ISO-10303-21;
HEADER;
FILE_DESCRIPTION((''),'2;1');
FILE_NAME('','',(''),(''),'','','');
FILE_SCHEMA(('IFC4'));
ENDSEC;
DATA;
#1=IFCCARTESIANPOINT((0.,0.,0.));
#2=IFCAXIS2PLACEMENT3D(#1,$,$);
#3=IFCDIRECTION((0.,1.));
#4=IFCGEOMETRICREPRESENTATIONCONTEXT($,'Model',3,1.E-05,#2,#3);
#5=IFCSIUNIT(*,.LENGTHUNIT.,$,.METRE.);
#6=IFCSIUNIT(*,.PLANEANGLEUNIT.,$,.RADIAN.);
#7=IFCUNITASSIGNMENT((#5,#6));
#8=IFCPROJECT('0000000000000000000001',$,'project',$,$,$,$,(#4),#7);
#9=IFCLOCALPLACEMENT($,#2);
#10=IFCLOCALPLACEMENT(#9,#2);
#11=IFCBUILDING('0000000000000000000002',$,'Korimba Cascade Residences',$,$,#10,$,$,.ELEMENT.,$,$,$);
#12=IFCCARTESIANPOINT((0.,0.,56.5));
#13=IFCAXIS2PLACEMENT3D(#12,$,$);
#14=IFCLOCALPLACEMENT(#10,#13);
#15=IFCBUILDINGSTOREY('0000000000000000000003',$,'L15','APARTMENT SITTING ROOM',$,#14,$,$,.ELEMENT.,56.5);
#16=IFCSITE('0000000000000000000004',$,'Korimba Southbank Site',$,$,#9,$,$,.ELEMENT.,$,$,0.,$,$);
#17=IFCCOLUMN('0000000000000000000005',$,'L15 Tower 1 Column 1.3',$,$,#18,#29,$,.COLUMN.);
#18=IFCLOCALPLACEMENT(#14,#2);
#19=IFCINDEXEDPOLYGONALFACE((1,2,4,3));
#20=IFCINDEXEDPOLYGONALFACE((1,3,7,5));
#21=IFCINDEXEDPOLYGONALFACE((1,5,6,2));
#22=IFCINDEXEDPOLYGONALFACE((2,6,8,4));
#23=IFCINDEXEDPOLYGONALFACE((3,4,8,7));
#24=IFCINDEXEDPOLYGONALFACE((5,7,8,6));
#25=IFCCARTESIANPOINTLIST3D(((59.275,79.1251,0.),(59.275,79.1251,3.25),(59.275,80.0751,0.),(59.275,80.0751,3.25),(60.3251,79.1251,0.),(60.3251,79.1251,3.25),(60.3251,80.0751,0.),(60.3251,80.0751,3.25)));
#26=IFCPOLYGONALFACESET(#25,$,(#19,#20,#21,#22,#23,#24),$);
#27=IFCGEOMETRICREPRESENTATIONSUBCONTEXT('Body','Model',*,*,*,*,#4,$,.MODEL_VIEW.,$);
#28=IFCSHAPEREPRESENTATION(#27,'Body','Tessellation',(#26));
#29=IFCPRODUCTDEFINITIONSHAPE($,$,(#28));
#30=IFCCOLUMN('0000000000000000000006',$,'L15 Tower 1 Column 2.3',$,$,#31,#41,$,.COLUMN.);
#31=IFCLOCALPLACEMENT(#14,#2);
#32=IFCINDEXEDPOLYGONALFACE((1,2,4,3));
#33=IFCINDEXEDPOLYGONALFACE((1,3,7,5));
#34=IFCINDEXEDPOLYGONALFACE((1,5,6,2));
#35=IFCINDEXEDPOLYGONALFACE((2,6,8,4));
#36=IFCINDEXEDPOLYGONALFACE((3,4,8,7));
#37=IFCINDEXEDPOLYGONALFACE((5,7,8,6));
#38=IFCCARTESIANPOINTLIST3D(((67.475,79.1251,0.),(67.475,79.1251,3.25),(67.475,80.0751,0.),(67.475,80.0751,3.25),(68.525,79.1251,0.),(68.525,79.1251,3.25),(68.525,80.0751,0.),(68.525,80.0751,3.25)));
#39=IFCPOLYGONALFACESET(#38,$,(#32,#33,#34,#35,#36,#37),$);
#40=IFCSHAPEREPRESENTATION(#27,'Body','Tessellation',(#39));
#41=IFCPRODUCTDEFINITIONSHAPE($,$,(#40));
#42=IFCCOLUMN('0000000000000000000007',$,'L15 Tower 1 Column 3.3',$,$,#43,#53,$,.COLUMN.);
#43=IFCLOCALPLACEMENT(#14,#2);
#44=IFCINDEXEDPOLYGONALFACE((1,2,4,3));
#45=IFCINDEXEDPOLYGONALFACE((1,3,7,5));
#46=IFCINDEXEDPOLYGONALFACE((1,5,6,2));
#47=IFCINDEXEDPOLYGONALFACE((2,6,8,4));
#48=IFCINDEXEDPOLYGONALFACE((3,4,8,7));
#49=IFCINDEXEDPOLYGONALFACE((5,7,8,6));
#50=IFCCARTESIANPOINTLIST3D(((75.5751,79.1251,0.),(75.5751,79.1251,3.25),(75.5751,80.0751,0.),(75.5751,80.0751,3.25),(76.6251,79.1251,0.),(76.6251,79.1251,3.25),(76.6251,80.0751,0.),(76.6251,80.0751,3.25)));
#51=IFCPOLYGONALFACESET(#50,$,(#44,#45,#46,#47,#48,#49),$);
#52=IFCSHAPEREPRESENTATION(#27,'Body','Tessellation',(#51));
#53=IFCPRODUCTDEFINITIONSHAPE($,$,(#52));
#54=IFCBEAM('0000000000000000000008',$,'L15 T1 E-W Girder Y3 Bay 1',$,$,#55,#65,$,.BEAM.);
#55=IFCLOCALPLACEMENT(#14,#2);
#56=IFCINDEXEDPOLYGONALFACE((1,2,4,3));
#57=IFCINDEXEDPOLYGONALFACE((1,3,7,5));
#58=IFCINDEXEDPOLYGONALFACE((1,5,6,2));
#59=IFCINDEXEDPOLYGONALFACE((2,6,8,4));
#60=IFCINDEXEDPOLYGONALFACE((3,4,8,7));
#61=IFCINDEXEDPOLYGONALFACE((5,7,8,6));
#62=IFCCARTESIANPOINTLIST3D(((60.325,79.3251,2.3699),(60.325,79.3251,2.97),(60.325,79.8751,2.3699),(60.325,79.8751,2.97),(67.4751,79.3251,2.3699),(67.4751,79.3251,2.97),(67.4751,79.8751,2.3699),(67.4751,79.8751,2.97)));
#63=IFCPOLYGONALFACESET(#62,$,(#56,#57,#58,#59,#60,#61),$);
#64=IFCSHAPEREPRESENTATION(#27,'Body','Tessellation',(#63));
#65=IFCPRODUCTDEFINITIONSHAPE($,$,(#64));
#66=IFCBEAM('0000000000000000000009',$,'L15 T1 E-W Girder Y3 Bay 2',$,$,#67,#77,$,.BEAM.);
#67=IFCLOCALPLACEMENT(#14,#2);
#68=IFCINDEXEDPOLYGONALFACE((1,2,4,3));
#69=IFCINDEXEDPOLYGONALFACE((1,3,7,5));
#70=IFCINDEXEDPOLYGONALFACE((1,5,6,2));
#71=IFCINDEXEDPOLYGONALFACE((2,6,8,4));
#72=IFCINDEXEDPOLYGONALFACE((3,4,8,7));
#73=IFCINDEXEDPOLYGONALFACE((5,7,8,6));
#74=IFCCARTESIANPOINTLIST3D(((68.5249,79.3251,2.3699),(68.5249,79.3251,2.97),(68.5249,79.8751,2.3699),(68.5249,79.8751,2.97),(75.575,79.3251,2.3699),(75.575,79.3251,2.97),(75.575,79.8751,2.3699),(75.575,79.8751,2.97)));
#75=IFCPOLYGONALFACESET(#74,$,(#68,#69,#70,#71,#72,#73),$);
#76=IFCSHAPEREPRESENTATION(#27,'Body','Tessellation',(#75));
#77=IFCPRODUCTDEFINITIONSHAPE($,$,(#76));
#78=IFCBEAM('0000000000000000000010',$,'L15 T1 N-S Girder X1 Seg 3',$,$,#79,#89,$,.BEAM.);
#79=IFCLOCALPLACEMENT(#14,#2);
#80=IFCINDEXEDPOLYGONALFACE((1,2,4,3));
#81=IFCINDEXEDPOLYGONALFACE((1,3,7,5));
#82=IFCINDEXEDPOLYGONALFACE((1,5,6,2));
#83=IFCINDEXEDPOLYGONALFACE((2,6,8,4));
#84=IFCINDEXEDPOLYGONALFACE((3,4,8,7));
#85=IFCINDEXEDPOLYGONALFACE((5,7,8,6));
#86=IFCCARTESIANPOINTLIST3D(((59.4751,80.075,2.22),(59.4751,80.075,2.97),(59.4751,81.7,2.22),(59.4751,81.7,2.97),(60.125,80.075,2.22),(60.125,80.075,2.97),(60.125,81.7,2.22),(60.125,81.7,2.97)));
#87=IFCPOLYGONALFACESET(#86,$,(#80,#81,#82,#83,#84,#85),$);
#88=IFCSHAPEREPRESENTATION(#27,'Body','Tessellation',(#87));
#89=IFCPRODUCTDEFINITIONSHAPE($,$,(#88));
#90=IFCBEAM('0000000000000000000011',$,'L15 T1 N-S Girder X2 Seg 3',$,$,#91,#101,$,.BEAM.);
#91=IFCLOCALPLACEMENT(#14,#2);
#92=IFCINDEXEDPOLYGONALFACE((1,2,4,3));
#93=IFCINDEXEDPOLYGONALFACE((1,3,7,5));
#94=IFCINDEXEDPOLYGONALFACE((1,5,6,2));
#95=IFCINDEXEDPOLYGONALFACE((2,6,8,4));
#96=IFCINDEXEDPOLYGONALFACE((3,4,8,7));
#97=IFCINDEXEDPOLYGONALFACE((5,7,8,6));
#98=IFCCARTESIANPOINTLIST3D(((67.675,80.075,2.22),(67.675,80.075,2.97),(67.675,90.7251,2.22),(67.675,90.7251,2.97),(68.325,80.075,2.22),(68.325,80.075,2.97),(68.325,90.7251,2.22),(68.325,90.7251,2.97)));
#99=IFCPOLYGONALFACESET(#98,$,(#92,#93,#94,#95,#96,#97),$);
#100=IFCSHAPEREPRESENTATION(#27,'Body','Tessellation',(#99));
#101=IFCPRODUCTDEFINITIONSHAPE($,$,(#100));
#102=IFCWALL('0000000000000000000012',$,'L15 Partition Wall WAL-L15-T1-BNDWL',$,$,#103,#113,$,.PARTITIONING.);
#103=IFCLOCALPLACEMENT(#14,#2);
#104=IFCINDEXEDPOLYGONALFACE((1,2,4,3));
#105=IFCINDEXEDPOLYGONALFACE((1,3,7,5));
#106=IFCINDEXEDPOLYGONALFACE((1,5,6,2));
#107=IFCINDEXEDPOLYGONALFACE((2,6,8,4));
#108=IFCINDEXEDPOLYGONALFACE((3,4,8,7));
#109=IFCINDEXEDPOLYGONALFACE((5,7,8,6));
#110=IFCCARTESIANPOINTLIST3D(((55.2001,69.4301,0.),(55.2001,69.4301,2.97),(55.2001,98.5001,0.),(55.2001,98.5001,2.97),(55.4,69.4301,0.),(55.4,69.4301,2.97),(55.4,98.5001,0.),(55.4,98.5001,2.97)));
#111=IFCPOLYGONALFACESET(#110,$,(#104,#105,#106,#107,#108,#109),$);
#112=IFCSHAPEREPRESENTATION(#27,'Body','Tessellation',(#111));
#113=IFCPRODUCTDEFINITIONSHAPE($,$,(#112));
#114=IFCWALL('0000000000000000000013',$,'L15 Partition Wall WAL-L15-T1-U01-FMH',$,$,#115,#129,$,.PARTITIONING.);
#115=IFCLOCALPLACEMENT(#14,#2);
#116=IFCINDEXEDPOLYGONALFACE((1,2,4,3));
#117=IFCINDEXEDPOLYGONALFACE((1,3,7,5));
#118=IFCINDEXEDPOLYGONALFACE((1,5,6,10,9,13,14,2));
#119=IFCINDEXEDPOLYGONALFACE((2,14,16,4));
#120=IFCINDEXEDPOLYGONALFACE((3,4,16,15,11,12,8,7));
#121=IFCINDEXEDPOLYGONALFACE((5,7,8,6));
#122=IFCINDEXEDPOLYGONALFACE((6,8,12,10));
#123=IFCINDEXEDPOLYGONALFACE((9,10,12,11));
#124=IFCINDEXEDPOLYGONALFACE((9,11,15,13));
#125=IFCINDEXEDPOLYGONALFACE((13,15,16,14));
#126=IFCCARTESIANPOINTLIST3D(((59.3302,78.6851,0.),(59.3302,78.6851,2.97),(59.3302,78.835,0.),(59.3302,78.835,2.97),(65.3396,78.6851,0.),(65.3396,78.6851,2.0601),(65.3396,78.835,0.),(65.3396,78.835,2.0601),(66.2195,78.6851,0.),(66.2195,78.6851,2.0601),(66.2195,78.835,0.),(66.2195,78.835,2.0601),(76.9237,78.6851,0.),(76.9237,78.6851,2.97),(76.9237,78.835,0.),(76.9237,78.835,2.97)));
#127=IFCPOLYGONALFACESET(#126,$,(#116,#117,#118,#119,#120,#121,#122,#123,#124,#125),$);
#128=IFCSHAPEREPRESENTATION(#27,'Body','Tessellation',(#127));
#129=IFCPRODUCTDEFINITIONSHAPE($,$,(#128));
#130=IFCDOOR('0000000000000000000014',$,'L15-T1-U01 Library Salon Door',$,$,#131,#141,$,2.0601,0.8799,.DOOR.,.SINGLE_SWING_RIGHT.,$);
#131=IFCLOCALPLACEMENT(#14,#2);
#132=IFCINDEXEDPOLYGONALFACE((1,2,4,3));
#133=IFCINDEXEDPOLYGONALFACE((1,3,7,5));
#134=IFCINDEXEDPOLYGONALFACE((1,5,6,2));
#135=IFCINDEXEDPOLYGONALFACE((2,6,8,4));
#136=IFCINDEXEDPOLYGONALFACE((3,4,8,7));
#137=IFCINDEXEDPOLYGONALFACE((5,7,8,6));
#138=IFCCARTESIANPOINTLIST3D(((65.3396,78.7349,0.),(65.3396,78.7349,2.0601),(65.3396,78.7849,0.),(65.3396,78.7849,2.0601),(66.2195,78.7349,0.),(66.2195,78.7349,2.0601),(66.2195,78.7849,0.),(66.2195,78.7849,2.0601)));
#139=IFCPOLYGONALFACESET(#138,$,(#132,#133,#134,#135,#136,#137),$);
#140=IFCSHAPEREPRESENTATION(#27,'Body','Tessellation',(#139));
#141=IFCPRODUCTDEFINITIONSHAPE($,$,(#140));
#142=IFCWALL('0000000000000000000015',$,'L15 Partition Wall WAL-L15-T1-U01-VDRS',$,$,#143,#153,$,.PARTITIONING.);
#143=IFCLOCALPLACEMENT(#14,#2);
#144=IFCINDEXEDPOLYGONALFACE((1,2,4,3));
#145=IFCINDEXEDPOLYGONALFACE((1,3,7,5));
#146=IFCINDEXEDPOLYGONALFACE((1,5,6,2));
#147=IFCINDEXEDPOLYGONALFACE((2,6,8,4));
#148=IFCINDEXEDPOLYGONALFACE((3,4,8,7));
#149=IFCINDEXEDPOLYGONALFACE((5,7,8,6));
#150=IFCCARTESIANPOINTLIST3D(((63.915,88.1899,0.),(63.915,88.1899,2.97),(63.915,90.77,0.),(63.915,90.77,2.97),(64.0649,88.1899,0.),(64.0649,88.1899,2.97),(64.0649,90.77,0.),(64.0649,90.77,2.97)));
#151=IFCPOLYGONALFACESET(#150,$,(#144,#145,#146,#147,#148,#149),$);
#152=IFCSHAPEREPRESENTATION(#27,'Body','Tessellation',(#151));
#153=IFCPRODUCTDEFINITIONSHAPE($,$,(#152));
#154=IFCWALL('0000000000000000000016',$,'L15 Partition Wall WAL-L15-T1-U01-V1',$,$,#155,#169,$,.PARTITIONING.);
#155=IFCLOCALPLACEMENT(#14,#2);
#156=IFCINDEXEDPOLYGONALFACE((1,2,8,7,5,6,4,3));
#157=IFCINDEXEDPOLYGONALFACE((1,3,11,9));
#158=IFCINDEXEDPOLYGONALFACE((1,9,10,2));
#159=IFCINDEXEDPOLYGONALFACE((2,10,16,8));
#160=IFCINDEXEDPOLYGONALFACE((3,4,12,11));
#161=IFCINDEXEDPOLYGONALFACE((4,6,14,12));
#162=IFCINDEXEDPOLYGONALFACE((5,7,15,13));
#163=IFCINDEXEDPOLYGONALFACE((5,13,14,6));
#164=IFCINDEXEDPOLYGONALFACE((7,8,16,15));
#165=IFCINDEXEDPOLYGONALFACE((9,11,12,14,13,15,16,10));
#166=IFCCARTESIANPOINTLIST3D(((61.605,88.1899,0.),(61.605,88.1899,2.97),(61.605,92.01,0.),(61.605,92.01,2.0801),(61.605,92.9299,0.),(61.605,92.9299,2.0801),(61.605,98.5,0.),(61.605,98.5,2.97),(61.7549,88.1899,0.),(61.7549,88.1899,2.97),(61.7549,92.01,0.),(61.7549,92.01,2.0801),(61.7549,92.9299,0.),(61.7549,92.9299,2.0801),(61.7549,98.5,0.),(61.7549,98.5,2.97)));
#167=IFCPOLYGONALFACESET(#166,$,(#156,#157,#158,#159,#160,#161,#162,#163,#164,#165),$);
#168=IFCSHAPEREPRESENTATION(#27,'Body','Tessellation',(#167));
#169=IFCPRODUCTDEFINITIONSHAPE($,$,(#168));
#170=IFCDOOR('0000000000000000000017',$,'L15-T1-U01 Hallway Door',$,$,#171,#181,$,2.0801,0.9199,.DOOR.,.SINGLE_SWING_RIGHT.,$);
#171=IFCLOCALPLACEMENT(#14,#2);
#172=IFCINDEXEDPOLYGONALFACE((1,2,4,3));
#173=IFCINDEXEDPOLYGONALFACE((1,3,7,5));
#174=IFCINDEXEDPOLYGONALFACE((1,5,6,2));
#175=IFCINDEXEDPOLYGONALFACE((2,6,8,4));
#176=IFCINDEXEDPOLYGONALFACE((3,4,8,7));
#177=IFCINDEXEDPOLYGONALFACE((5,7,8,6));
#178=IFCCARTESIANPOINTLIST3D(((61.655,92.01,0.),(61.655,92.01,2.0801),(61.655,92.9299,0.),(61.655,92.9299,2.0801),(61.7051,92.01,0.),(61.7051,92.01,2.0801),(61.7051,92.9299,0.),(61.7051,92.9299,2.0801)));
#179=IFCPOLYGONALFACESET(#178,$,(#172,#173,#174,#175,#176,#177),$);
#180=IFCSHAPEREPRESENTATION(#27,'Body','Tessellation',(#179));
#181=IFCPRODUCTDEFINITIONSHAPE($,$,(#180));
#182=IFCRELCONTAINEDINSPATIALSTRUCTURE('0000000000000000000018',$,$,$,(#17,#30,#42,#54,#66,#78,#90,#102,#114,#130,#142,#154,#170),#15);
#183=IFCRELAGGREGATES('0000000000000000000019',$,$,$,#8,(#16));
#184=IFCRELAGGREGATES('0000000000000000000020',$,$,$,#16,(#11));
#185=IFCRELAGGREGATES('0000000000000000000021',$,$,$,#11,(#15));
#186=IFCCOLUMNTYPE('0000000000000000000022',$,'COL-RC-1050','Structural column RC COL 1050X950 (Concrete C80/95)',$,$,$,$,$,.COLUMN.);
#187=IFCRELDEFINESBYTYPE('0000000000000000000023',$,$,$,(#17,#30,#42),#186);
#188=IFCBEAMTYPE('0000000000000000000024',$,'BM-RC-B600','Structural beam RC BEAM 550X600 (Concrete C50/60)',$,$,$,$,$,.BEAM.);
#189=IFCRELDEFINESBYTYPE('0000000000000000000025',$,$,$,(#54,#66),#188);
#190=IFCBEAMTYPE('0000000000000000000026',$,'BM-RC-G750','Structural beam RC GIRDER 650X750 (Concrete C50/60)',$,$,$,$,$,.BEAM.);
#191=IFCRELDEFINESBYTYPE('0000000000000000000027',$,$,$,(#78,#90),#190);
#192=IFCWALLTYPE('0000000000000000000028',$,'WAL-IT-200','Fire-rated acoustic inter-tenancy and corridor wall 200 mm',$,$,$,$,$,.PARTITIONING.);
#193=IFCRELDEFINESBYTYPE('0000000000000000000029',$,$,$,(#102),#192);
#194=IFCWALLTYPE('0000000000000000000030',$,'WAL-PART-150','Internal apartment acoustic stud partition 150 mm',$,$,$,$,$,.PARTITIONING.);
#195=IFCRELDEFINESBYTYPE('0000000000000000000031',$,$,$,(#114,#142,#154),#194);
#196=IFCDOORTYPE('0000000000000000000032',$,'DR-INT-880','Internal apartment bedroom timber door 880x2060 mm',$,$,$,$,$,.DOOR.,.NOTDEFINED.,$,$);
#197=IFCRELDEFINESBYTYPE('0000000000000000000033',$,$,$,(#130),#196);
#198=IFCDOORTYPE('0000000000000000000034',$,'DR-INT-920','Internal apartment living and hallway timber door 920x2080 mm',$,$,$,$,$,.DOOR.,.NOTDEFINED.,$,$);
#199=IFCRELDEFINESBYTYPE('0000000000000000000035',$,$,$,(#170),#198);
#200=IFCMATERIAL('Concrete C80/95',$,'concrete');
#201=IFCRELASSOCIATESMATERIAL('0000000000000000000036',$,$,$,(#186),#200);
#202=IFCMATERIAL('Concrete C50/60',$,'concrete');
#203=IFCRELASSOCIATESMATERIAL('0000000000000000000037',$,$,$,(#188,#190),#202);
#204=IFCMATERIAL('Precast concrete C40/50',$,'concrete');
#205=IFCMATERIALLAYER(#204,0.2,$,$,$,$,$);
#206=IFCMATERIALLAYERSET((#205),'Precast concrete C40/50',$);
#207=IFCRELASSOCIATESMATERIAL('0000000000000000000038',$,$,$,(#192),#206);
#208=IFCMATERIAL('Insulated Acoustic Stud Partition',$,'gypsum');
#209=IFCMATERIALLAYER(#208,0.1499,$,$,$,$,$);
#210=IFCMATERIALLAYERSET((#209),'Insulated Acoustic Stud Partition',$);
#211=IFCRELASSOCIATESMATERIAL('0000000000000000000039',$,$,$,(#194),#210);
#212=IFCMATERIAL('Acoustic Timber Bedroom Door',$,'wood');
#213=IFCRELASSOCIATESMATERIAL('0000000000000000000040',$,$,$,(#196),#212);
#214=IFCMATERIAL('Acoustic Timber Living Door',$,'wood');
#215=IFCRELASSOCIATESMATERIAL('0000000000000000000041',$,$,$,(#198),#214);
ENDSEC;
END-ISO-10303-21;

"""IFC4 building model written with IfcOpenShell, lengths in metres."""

from ifc_helpers import new_model, si_unit, direction, frame, frame_2d, origin, origin_2d, place, context, subcontext, project, spatial, rectangle, extrude, material, layer, layer_set, material_profile, profile_set, type_object, element, fill, save


model = new_model("IFC4")

# Units and contexts
model_context = context("Model", 3, precision=1e-05, world=origin(), true_north=direction((0.0, 1.0)))
body_context = subcontext(model_context, "Body", "Model", "MODEL_VIEW")
ifc_project = project(units=[si_unit("LENGTHUNIT", "METRE"), si_unit("PLANEANGLEUNIT", "RADIAN")], contexts=[model_context])

# Site, building, storey
site_placement = place(None, origin())
site = spatial("IfcSite", under=ifc_project, at=site_placement, Name="Korimba Southbank Site", CompositionType="ELEMENT", RefElevation=0.0)
building_placement = place(site_placement, origin())
building = spatial("IfcBuilding", under=site, at=building_placement, Name="Korimba Cascade Residences", CompositionType="ELEMENT")
storey_placement = place(building_placement, frame((0.0, 0.0, 56.5)))
storey = spatial("IfcBuildingStorey", under=building, at=storey_placement, Name="L15", Description="APARTMENT SITTING ROOM", CompositionType="ELEMENT", Elevation=56.5)

# Columns
ifc_material_1 = material(Name="Concrete C80/95", Category="concrete")
ifc_material_profile_1 = material_profile(ifc_material_1, rectangle(XDim=1.05, YDim=0.95, at=origin_2d()), Name="Concrete C80/95")
ifc_profile_set_1 = profile_set([ifc_material_profile_1], Name="Concrete C80/95")
column_type = type_object("IfcColumnType", Name="COL-RC-1050", Description="Structural column RC COL 1050X950 (Concrete C80/95)", PredefinedType="COLUMN", material=ifc_profile_set_1)
for number, where, z_axis, x_axis, name in (
    (1, (59.8, 79.6001, 0.0), (0.0, 0.0, 1.0), (1.0, 0.0, 0.0), "L15 Tower 1 Column 1.3"),
    (2, (68.0, 79.6001, 0.0), (0.0, 0.0, 1.0), (1.0, 0.0, 0.0), "L15 Tower 1 Column 2.3"),
    (3, (76.1001, 79.6001, 0.0), (0.0, 0.0, 1.0), (1.0, 0.0, 0.0), "L15 Tower 1 Column 3.3"),
):
    element("IfcColumn", number, at=place(storey_placement, frame(where, z_axis=z_axis, x_axis=x_axis)), inside=storey, type_object=column_type, Name=name, PredefinedType="COLUMN", context=body_context, shape_type="SweptSolid", body=[
        extrude(rectangle(XDim=1.05, YDim=0.95, at=origin_2d()), origin(), (0.0, 0.0, 1.0), 3.25),
    ])

# Beams
ifc_material_2 = material(Name="Concrete C50/60", Category="concrete")
ifc_material_profile_2 = material_profile(ifc_material_2, rectangle(XDim=0.55, YDim=0.6001, at=origin_2d()), Name="Concrete C50/60")
ifc_profile_set_2 = profile_set([ifc_material_profile_2], Name="Concrete C50/60")
beam_type_1 = type_object("IfcBeamType", Name="BM-RC-B600", Description="Structural beam RC BEAM 550X600 (Concrete C50/60)", PredefinedType="BEAM", material=ifc_profile_set_2)
beam_1_placement = place(storey_placement, frame((60.325, 79.6001, 2.6699), z_axis=(1.0, 0.0, 0.0), x_axis=(0.0, 1.0, 0.0)))
element("IfcBeam", 4, at=beam_1_placement, inside=storey, type_object=beam_type_1, Name="L15 T1 E-W Girder Y3 Bay 1", PredefinedType="BEAM", context=body_context, shape_type="SweptSolid", body=[
    extrude(rectangle(XDim=0.55, YDim=0.6001, at=origin_2d()), origin(), (0.0, 0.0, 1.0), 7.1501),
])
beam_2_placement = place(storey_placement, frame((68.5249, 79.6001, 2.6699), z_axis=(1.0, 0.0, 0.0), x_axis=(0.0, 1.0, 0.0)))
element("IfcBeam", 5, at=beam_2_placement, inside=storey, type_object=beam_type_1, Name="L15 T1 E-W Girder Y3 Bay 2", PredefinedType="BEAM", context=body_context, shape_type="SweptSolid", body=[
    extrude(rectangle(XDim=0.55, YDim=0.6001, at=origin_2d()), origin(), (0.0, 0.0, 1.0), 7.05),
])
ifc_material_profile_3 = material_profile(ifc_material_2, rectangle(XDim=0.6499, YDim=0.75, at=origin_2d()), Name="Concrete C50/60")
ifc_profile_set_3 = profile_set([ifc_material_profile_3], Name="Concrete C50/60")
beam_type_2 = type_object("IfcBeamType", Name="BM-RC-G750", Description="Structural beam RC GIRDER 650X750 (Concrete C50/60)", PredefinedType="BEAM", material=ifc_profile_set_3)
beam_3_placement = place(storey_placement, frame((59.8, 80.075, 2.595), z_axis=(0.0, 1.0, 0.0), x_axis=(-1.0, 0.0, 0.0)))
element("IfcBeam", 6, at=beam_3_placement, inside=storey, type_object=beam_type_2, Name="L15 T1 N-S Girder X1 Seg 3", PredefinedType="BEAM", context=body_context, shape_type="SweptSolid", body=[
    extrude(rectangle(XDim=0.6499, YDim=0.75, at=origin_2d()), origin(), (0.0, 0.0, 1.0), 1.625),
])
beam_4_placement = place(storey_placement, frame((68.0, 80.075, 2.595), z_axis=(0.0, 1.0, 0.0), x_axis=(-1.0, 0.0, 0.0)))
element("IfcBeam", 7, at=beam_4_placement, inside=storey, type_object=beam_type_2, Name="L15 T1 N-S Girder X2 Seg 3", PredefinedType="BEAM", context=body_context, shape_type="SweptSolid", body=[
    extrude(rectangle(XDim=0.6499, YDim=0.75, at=origin_2d()), origin(), (0.0, 0.0, 1.0), 10.6501),
])

# Wall
ifc_material_3 = material(Name="Precast concrete C40/50", Category="concrete")
ifc_layer_1 = layer(ifc_material_3, 0.2)
ifc_layer_set_1 = layer_set([ifc_layer_1], Name="Precast concrete C40/50")
wall_type_1 = type_object("IfcWallType", Name="WAL-IT-200", Description="Fire-rated acoustic inter-tenancy and corridor wall 200 mm", PredefinedType="PARTITIONING", material=ifc_layer_set_1)
wall_1_placement = place(storey_placement, frame((55.3, 69.4299, 0.0), z_axis=(0.0, 0.0, 1.0), x_axis=(0.0, 1.0, 0.0)))
element("IfcWall", 8, at=wall_1_placement, inside=storey, type_object=wall_type_1, Name="L15 Partition Wall WAL-L15-T1-BNDWL", PredefinedType="PARTITIONING", context=body_context, shape_type="SweptSolid", body=[
    extrude(rectangle(XDim=29.0701, YDim=0.2, at=frame_2d((14.5352, 0.0))), origin(), (0.0, 0.0, 1.0), 2.97),
])

# Wall, opening, door
ifc_material_4 = material(Name="Insulated Acoustic Stud Partition", Category="gypsum")
ifc_layer_2 = layer(ifc_material_4, 0.1499)
ifc_layer_set_2 = layer_set([ifc_layer_2], Name="Insulated Acoustic Stud Partition")
wall_type_2 = type_object("IfcWallType", Name="WAL-PART-150", Description="Internal apartment acoustic stud partition 150 mm", PredefinedType="PARTITIONING", material=ifc_layer_set_2)
wall_2_placement = place(storey_placement, frame((59.3301, 78.76, 0.0), z_axis=(0.0, 0.0, 1.0), x_axis=(1.0, 0.0, 0.0)))
wall_2 = element("IfcWall", 9, at=wall_2_placement, inside=storey, type_object=wall_type_2, Name="L15 Partition Wall WAL-L15-T1-U01-FMH", PredefinedType="PARTITIONING", context=body_context, shape_type="SweptSolid", body=[
    extrude(rectangle(XDim=17.5935, YDim=0.1499, at=frame_2d((8.7969, 0.0))), origin(), (0.0, 0.0, 1.0), 2.97),
])
opening_1_placement = place(wall_2_placement, frame((6.0095, 0.0, 0.0)))
opening_1 = element("IfcOpeningElement", 10, at=opening_1_placement, cuts=wall_2, PredefinedType="OPENING", context=body_context, shape_type="SweptSolid", body=[
    extrude(rectangle(XDim=0.8799, YDim=2.0601, at=frame_2d((0.4399, 1.03))), frame((0.0, 0.085, 0.0), z_axis=(0.0, -1.0, 0.0), x_axis=(1.0, 0.0, 0.0)), (0.0, 0.0, 1.0), 0.1699),
])
ifc_material_5 = material(Name="Acoustic Timber Bedroom Door", Category="wood")
door_type_1 = type_object("IfcDoorType", Name="DR-INT-880", Description="Internal apartment bedroom timber door 880x2060 mm", OperationType="NOTDEFINED", PredefinedType="DOOR", material=ifc_material_5)
door_1_placement = place(opening_1_placement, origin())
door_1 = element("IfcDoor", 11, at=door_1_placement, inside=storey, type_object=door_type_1, Name="L15-T1-U01 Library Salon Door", OperationType="SINGLE_SWING_RIGHT", OverallHeight=2.0601, OverallWidth=0.8799, PredefinedType="DOOR", context=body_context, shape_type="SweptSolid", body=[
    extrude(rectangle(XDim=0.8799, YDim=2.0601, at=frame_2d((0.4399, 1.03))), frame((0.0, 0.0249, 0.0), z_axis=(0.0, -1.0, 0.0), x_axis=(1.0, 0.0, 0.0)), (0.0, 0.0, 1.0), 0.05),
])
fill(opening_1, door_1)

# Wall
wall_3_placement = place(storey_placement, frame((63.99, 88.1899, 0.0), z_axis=(0.0, 0.0, 1.0), x_axis=(0.0, 1.0, 0.0)))
element("IfcWall", 12, at=wall_3_placement, inside=storey, type_object=wall_type_2, Name="L15 Partition Wall WAL-L15-T1-U01-VDRS", PredefinedType="PARTITIONING", context=body_context, shape_type="SweptSolid", body=[
    extrude(rectangle(XDim=2.5801, YDim=0.1499, at=frame_2d((1.29, 0.0))), origin(), (0.0, 0.0, 1.0), 2.97),
])

# Wall, opening, door
wall_4_placement = place(storey_placement, frame((61.6799, 88.1899, 0.0), z_axis=(0.0, 0.0, 1.0), x_axis=(0.0, 1.0, 0.0)))
wall_4 = element("IfcWall", 13, at=wall_4_placement, inside=storey, type_object=wall_type_2, Name="L15 Partition Wall WAL-L15-T1-U01-V1", PredefinedType="PARTITIONING", context=body_context, shape_type="SweptSolid", body=[
    extrude(rectangle(XDim=10.3101, YDim=0.1499, at=frame_2d((5.155, 0.0))), origin(), (0.0, 0.0, 1.0), 2.97),
])
opening_2_placement = place(wall_4_placement, frame((3.8201, 0.0, 0.0)))
opening_2 = element("IfcOpeningElement", 14, at=opening_2_placement, cuts=wall_4, PredefinedType="OPENING", context=body_context, shape_type="SweptSolid", body=[
    extrude(rectangle(XDim=0.9199, YDim=2.0801, at=frame_2d((0.46, 1.04))), frame((0.0, 0.085, 0.0), z_axis=(0.0, -1.0, 0.0), x_axis=(1.0, 0.0, 0.0)), (0.0, 0.0, 1.0), 0.1699),
])
ifc_material_6 = material(Name="Acoustic Timber Living Door", Category="wood")
door_type_2 = type_object("IfcDoorType", Name="DR-INT-920", Description="Internal apartment living and hallway timber door 920x2080 mm", OperationType="NOTDEFINED", PredefinedType="DOOR", material=ifc_material_6)
door_2_placement = place(opening_2_placement, origin())
door_2 = element("IfcDoor", 15, at=door_2_placement, inside=storey, type_object=door_type_2, Name="L15-T1-U01 Hallway Door", OperationType="SINGLE_SWING_RIGHT", OverallHeight=2.0801, OverallWidth=0.9199, PredefinedType="DOOR", context=body_context, shape_type="SweptSolid", body=[
    extrude(rectangle(XDim=0.9199, YDim=2.0801, at=frame_2d((0.46, 1.04))), frame((0.0, 0.0249, 0.0), z_axis=(0.0, -1.0, 0.0), x_axis=(1.0, 0.0, 0.0)), (0.0, 0.0, 1.0), 0.05),
])
fill(opening_2, door_2)

save(model, "model.ifc")
